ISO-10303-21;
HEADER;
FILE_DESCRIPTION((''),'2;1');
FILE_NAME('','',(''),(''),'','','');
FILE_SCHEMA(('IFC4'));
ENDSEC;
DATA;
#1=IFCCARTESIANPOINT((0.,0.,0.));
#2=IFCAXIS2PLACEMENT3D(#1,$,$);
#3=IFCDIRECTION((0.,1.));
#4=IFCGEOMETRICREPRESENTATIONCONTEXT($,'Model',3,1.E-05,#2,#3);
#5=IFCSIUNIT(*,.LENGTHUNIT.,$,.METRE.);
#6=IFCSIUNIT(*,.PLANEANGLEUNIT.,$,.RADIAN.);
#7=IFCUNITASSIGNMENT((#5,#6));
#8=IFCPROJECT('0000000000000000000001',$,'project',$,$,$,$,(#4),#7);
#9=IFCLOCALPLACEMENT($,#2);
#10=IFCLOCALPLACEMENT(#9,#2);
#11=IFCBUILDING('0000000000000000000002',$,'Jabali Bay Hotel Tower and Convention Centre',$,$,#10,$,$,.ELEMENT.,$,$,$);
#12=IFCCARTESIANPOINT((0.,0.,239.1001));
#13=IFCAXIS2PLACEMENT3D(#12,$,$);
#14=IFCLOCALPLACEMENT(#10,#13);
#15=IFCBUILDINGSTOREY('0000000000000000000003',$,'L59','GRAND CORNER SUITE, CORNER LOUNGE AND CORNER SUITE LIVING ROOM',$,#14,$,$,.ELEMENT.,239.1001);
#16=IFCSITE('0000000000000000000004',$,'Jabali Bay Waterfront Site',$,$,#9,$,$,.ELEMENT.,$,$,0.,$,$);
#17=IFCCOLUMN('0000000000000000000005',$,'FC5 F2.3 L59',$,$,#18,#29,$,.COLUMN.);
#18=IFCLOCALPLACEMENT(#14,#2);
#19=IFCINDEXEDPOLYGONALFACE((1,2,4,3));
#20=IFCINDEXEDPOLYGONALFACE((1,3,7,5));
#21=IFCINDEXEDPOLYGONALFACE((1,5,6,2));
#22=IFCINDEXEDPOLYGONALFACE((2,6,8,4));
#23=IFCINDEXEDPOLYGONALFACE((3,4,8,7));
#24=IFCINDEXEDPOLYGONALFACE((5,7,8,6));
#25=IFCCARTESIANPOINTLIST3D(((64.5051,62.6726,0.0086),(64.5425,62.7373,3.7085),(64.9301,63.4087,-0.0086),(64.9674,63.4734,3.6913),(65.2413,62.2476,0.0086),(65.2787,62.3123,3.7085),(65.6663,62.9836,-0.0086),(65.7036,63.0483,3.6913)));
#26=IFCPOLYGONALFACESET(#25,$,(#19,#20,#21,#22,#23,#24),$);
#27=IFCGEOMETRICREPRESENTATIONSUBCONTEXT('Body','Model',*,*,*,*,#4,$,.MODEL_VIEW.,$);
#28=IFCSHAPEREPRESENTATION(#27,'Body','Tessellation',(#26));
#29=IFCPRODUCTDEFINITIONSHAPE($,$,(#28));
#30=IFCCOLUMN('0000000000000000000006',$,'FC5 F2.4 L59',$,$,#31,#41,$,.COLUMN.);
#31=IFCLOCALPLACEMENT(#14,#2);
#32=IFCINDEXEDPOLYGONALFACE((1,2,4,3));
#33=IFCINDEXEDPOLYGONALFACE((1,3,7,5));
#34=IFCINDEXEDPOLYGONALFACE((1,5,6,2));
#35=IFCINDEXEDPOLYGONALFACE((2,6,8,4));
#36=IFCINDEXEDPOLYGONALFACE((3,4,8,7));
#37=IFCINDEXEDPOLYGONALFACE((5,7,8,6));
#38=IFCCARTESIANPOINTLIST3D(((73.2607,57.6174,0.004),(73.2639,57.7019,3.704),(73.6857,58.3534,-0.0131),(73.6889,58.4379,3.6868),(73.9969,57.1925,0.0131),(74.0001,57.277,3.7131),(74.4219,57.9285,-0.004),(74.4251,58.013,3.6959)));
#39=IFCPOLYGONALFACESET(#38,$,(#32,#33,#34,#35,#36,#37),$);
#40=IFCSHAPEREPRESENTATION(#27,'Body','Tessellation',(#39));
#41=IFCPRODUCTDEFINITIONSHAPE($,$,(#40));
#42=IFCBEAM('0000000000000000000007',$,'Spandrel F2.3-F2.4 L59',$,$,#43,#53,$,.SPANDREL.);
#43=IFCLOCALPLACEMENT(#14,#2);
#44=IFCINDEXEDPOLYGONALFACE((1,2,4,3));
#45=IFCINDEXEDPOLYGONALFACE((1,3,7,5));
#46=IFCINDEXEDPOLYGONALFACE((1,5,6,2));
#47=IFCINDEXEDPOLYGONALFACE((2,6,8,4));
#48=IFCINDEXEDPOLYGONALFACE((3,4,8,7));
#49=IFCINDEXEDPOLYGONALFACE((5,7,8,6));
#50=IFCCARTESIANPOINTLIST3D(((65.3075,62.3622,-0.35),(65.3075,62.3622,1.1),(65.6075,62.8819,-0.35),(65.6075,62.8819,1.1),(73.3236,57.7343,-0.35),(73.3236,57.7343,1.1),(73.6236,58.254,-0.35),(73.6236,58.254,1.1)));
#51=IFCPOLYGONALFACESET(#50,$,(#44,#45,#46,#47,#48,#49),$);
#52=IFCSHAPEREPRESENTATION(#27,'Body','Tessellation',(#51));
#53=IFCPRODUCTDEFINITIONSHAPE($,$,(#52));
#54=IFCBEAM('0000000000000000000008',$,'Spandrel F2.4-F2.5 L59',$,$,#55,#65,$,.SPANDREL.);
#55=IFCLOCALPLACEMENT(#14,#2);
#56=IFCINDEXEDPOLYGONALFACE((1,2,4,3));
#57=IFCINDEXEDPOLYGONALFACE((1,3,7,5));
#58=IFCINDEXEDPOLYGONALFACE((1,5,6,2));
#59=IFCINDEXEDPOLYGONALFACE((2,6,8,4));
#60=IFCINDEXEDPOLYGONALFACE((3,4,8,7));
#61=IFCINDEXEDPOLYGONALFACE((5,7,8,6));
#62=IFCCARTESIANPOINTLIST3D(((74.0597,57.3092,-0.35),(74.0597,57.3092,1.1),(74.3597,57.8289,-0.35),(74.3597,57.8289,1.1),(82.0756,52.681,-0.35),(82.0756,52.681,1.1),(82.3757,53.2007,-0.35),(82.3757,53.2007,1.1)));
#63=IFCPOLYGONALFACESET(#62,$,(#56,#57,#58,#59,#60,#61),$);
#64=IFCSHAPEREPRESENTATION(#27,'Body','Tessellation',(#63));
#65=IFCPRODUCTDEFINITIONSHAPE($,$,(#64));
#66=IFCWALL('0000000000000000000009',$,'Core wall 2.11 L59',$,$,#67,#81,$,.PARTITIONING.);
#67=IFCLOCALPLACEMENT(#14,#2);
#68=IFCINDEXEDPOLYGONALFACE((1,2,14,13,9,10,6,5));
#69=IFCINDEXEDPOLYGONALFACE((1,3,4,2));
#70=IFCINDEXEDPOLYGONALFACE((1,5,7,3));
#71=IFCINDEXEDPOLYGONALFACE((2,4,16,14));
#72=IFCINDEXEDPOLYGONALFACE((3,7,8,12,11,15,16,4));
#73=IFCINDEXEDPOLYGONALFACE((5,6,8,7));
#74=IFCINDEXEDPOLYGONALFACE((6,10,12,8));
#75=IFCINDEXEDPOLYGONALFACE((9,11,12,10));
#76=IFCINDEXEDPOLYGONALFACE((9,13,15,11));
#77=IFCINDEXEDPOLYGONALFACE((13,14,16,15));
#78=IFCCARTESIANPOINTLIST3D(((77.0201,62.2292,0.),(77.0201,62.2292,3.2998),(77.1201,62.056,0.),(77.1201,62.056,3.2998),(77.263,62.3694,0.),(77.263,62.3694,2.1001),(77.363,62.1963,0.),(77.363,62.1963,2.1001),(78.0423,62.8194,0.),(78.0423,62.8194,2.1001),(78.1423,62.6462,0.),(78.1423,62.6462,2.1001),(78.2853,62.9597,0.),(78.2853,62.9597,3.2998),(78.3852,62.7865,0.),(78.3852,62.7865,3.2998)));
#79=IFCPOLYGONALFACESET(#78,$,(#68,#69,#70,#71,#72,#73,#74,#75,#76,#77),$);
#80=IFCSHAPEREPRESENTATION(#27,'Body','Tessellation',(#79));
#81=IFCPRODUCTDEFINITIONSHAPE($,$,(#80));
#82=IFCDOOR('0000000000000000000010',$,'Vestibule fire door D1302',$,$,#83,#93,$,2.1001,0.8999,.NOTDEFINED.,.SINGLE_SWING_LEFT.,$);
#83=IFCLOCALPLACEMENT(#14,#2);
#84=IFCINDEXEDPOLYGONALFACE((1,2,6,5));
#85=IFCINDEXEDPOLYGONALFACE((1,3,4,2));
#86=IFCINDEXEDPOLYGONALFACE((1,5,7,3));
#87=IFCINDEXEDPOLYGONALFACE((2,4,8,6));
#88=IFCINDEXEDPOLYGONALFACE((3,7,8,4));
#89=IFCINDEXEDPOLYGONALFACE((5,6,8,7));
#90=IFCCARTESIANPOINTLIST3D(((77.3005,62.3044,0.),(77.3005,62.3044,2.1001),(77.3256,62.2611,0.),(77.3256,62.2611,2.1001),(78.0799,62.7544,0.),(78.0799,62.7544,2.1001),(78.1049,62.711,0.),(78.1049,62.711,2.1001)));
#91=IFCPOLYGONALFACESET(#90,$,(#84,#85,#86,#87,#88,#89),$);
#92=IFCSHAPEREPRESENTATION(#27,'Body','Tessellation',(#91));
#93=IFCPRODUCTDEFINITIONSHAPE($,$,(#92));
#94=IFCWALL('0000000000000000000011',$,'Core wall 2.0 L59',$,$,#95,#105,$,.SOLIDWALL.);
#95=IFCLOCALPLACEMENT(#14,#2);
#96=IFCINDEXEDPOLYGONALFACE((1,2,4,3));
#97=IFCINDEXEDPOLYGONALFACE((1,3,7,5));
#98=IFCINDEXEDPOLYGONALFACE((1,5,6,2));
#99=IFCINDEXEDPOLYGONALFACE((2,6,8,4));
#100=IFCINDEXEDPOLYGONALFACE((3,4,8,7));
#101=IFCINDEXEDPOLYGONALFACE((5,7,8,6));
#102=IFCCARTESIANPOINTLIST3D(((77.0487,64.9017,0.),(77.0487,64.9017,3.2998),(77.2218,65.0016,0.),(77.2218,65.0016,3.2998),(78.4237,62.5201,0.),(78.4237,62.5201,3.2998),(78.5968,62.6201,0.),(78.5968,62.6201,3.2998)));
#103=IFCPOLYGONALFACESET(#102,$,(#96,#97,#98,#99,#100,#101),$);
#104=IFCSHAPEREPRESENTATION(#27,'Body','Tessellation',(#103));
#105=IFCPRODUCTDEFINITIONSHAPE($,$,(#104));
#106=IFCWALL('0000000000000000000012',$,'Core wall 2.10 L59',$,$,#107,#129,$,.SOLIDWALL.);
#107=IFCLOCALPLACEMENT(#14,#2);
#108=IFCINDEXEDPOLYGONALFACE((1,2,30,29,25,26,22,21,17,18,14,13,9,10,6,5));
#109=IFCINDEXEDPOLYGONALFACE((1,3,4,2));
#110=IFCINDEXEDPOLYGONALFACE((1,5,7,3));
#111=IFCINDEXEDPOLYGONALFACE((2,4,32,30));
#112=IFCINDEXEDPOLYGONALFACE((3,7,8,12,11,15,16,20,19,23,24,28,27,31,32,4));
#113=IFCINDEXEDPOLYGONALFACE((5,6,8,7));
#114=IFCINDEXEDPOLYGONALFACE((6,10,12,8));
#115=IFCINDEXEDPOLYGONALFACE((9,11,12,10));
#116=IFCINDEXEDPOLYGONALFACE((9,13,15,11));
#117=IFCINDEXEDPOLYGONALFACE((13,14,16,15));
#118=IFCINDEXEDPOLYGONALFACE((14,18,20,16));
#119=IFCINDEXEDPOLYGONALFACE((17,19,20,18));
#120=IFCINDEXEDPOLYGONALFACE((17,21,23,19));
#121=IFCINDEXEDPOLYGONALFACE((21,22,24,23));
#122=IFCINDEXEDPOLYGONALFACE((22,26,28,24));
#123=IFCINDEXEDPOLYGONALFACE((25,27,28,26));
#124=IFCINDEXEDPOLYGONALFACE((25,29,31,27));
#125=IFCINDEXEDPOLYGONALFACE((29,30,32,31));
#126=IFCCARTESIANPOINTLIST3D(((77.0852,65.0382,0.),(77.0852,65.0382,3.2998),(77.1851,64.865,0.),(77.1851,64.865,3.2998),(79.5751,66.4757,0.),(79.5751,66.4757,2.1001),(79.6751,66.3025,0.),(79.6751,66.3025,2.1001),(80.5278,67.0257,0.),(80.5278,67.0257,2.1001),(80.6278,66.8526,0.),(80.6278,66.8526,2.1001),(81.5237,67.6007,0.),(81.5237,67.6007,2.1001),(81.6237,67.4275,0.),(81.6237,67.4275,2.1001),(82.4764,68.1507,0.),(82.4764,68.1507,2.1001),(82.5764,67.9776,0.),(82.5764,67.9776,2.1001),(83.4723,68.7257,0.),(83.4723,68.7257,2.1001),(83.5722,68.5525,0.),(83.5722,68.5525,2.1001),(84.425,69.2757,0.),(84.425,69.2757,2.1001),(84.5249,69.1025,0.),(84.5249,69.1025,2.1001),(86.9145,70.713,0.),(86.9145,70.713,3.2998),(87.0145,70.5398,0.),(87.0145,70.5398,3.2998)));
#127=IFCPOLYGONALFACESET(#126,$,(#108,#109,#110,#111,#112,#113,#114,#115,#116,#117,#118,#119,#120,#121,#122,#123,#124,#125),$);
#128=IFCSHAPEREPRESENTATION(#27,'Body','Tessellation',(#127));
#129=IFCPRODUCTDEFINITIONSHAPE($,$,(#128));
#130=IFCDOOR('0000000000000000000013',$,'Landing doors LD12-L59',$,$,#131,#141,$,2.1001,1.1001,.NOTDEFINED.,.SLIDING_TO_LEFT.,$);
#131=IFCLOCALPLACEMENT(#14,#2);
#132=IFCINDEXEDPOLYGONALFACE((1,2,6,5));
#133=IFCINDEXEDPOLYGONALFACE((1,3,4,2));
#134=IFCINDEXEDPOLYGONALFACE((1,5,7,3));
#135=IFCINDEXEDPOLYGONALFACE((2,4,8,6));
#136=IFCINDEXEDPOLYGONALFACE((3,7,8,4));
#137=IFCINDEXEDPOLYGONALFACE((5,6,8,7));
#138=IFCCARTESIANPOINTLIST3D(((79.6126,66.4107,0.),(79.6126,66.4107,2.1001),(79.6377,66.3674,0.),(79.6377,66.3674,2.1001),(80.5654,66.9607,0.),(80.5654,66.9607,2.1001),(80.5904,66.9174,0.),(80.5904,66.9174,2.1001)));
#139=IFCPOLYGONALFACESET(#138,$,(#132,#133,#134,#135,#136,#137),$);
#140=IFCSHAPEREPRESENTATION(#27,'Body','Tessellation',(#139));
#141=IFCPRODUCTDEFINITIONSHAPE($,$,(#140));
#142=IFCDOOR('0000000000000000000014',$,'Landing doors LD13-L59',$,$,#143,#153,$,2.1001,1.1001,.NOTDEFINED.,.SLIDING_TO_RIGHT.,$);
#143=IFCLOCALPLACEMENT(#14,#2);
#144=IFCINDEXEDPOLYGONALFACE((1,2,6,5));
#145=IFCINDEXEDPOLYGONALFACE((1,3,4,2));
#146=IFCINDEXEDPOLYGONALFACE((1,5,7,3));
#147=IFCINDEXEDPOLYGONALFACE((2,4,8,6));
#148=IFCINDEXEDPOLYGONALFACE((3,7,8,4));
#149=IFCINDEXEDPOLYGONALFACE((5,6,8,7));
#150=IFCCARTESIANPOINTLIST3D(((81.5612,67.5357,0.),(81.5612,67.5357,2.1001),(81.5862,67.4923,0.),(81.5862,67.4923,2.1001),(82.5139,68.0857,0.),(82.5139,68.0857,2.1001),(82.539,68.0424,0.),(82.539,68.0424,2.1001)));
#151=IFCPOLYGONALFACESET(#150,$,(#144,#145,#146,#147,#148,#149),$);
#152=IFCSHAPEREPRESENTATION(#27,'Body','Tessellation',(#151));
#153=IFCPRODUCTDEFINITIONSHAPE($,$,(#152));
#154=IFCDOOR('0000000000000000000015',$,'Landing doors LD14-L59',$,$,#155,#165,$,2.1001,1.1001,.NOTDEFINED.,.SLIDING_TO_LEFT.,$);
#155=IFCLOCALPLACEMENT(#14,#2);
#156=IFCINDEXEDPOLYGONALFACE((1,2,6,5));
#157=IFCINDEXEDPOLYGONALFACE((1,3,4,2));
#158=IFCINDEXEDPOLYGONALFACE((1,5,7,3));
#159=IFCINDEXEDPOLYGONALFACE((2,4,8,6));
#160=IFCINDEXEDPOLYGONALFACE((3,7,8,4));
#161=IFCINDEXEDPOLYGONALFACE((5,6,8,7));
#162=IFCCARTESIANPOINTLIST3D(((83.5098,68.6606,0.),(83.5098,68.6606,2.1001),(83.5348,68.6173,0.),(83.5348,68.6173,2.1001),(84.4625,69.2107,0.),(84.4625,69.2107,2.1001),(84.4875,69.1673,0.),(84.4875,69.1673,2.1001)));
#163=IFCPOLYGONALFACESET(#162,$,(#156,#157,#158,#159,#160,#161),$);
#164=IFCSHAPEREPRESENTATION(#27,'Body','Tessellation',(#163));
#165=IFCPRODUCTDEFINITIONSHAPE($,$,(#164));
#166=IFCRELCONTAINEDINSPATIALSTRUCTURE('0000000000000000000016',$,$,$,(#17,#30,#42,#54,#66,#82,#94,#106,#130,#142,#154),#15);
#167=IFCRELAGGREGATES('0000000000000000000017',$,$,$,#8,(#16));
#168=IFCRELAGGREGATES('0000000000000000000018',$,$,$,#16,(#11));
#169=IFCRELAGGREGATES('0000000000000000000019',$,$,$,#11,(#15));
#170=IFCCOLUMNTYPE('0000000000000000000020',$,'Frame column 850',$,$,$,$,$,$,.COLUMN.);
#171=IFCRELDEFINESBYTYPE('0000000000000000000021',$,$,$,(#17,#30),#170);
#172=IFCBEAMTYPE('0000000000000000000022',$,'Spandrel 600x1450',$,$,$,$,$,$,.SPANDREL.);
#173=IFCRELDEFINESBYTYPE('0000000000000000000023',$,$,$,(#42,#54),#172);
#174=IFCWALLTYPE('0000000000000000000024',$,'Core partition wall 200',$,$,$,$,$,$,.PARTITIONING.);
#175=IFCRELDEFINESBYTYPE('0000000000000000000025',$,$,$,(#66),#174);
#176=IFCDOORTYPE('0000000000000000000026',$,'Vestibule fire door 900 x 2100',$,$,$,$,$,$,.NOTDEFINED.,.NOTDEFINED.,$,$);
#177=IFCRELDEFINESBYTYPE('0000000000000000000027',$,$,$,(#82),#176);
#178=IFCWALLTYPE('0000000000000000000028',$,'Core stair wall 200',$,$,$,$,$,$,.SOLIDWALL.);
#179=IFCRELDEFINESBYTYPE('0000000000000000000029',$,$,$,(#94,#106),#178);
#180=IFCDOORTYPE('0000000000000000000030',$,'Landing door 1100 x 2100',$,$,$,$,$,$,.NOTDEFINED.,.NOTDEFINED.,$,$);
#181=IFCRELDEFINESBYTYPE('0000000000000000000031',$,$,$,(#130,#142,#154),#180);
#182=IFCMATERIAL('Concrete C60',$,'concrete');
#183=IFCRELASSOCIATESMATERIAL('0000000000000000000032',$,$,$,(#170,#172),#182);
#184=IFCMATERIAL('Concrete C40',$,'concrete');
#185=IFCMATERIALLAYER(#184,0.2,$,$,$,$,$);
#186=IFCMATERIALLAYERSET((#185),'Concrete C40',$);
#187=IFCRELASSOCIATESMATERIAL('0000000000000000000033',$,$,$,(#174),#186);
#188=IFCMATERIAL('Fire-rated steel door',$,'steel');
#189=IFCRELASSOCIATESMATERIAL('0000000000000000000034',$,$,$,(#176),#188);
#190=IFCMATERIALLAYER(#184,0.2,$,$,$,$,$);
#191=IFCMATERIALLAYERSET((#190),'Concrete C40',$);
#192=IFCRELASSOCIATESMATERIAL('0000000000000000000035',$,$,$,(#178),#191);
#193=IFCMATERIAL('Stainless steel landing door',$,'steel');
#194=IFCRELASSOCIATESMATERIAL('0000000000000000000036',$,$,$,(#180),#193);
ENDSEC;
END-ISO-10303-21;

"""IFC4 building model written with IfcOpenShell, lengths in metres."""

from ifc_helpers import new_model, si_unit, direction, frame, frame_2d, origin, origin_2d, place, context, subcontext, project, spatial, rectangle, extrude, material, layer, layer_set, material_profile, profile_set, type_object, element, fill, save


model = new_model("IFC4")

# Units and contexts
model_context = context("Model", 3, precision=1e-05, world=origin(), true_north=direction((0.0, 1.0)))
body_context = subcontext(model_context, "Body", "Model", "MODEL_VIEW")
ifc_project = project(units=[si_unit("LENGTHUNIT", "METRE"), si_unit("PLANEANGLEUNIT", "RADIAN")], contexts=[model_context])

# Site, building, storey
site_placement = place(None, origin())
site = spatial("IfcSite", under=ifc_project, at=site_placement, Name="Jabali Bay Waterfront Site", CompositionType="ELEMENT", RefElevation=0.0)
building_placement = place(site_placement, origin())
building = spatial("IfcBuilding", under=site, at=building_placement, Name="Jabali Bay Hotel Tower and Convention Centre", CompositionType="ELEMENT")
storey_placement = place(building_placement, frame((0.0, 0.0, 239.1001)))
storey = spatial("IfcBuildingStorey", under=building, at=storey_placement, Name="L59", Description="GRAND CORNER SUITE, CORNER LOUNGE AND CORNER SUITE LIVING ROOM", CompositionType="ELEMENT", Elevation=239.1001)

# Columns
ifc_material_1 = material(Name="Concrete C60", Category="concrete")
ifc_material_profile_1 = material_profile(ifc_material_1, rectangle(XDim=0.8501, YDim=0.8501, at=origin_2d()), Name="Frame column 850")
ifc_profile_set_1 = profile_set([ifc_material_profile_1], Name="Concrete C60")
column_type = type_object("IfcColumnType", Name="Frame column 850", PredefinedType="COLUMN", material=ifc_profile_set_1)
column_1_placement = place(storey_placement, frame((65.0857, 62.8281, 0.0), z_axis=(0.010094, 0.017482, 0.999796), x_axis=(-0.866023, 0.500005, 0.0)))
element("IfcColumn", 1, at=column_1_placement, inside=storey, type_object=column_type, Name="FC5 F2.3 L59", PredefinedType="COLUMN", context=body_context, shape_type="SweptSolid", body=[
    extrude(rectangle(XDim=0.8501, YDim=0.8501, at=origin_2d()), origin(), (0.0, 0.0, 1.0), 3.7007),
])
column_2_placement = place(storey_placement, frame((73.8413, 57.7729, 0.0), z_axis=(0.000858, 0.022825, 0.999739), x_axis=(-0.499939, -0.865825, 0.020196)))
element("IfcColumn", 2, at=column_2_placement, inside=storey, type_object=column_type, Name="FC5 F2.4 L59", PredefinedType="COLUMN", context=body_context, shape_type="SweptSolid", body=[
    extrude(rectangle(XDim=0.8501, YDim=0.8501, at=origin_2d()), origin(), (0.0, 0.0, 1.0), 3.7009),
])

# Beams
ifc_material_profile_2 = material_profile(ifc_material_1, rectangle(XDim=0.6001, YDim=1.45, at=origin_2d()), Name="Spandrel 600x1450")
ifc_profile_set_2 = profile_set([ifc_material_profile_2], Name="Concrete C60")
beam_type = type_object("IfcBeamType", Name="Spandrel 600x1450", PredefinedType="SPANDREL", material=ifc_profile_set_2)
for number, where, z_axis, x_axis, name in (
    (3, (65.4575, 62.6221, 0.375), (0.866034, -0.499986, 0.0), (0.499986, 0.866034, 0.0), "Spandrel F2.3-F2.4 L59"),
    (4, (74.2097, 57.5691, 0.375), (0.866016, -0.500017, 0.0), (0.500017, 0.866016, 0.0), "Spandrel F2.4-F2.5 L59"),
):
    element("IfcBeam", number, at=place(storey_placement, frame(where, z_axis=z_axis, x_axis=x_axis)), inside=storey, type_object=beam_type, Name=name, PredefinedType="SPANDREL", context=body_context, shape_type="SweptSolid", body=[
        extrude(rectangle(XDim=0.6001, YDim=1.45, at=origin_2d()), origin(), (0.0, 0.0, 1.0), 9.2561),
    ])

# Wall, opening, door
ifc_material_2 = material(Name="Concrete C40", Category="concrete")
ifc_layer_1 = layer(ifc_material_2, 0.2)
ifc_layer_set_1 = layer_set([ifc_layer_1], Name="Concrete C40")
wall_type_1 = type_object("IfcWallType", Name="Core partition wall 200", PredefinedType="PARTITIONING", material=ifc_layer_set_1)
wall_1_placement = place(storey_placement, frame((77.0701, 62.1426, 0.0), z_axis=(0.0, 0.0, 1.0), x_axis=(0.866013, 0.500021, 0.0)))
wall_1 = element("IfcWall", 5, at=wall_1_placement, inside=storey, type_object=wall_type_1, Name="Core wall 2.11 L59", PredefinedType="PARTITIONING", context=body_context, shape_type="SweptSolid", body=[
    extrude(rectangle(XDim=1.4609, YDim=0.2, at=frame_2d((0.7305, 0.0))), origin(), (0.0, 0.0, 1.0), 3.2998),
])
opening_1_placement = place(wall_1_placement, frame((0.2805, 0.0, 0.0)))
opening_1 = element("IfcOpeningElement", 6, at=opening_1_placement, cuts=wall_1, PredefinedType="OPENING", context=body_context, shape_type="SweptSolid", body=[
    extrude(rectangle(XDim=0.8999, YDim=2.1001, at=frame_2d((0.45, 1.05))), frame((0.0, 0.1104, 0.0), z_axis=(0.0, -1.0, 0.0), x_axis=(1.0, 0.0, 0.0)), (0.0, 0.0, 1.0), 0.2209),
])
ifc_material_3 = material(Name="Fire-rated steel door", Category="steel")
door_type_1 = type_object("IfcDoorType", Name="Vestibule fire door 900 x 2100", OperationType="NOTDEFINED", PredefinedType="NOTDEFINED", material=ifc_material_3)
door_1_placement = place(opening_1_placement, origin())
door_1 = element("IfcDoor", 7, at=door_1_placement, inside=storey, type_object=door_type_1, Name="Vestibule fire door D1302", OperationType="SINGLE_SWING_LEFT", OverallHeight=2.1001, OverallWidth=0.8999, PredefinedType="NOTDEFINED", context=body_context, shape_type="SweptSolid", body=[
    extrude(rectangle(XDim=0.8999, YDim=2.1001, at=frame_2d((0.45, 1.05))), frame((0.0, 0.0249, 0.0), z_axis=(0.0, -1.0, 0.0), x_axis=(1.0, 0.0, 0.0)), (0.0, 0.0, 1.0), 0.05),
])
fill(opening_1, door_1)

# Wall
ifc_layer_2 = layer(ifc_material_2, 0.2)
ifc_layer_set_2 = layer_set([ifc_layer_2], Name="Concrete C40")
wall_type_2 = type_object("IfcWallType", Name="Core stair wall 200", PredefinedType="SOLIDWALL", material=ifc_layer_set_2)
wall_2_placement = place(storey_placement, frame((77.1353, 64.9517, 0.0), z_axis=(0.0, 0.0, 1.0), x_axis=(0.499997, -0.866027, 0.0)))
element("IfcWall", 8, at=wall_2_placement, inside=storey, type_object=wall_type_2, Name="Core wall 2.0 L59", PredefinedType="SOLIDWALL", context=body_context, shape_type="SweptSolid", body=[
    extrude(rectangle(XDim=2.75, YDim=0.2, at=frame_2d((1.375, 0.0))), origin(), (0.0, 0.0, 1.0), 3.2998),
])

# Wall, openings, doors
wall_3_placement = place(storey_placement, frame((77.1353, 64.9517, 0.0), z_axis=(0.0, 0.0, 1.0), x_axis=(0.866032, 0.499989, 0.0)))
wall_3 = element("IfcWall", 9, at=wall_3_placement, inside=storey, type_object=wall_type_2, Name="Core wall 2.10 L59", PredefinedType="SOLIDWALL", context=body_context, shape_type="SweptSolid", body=[
    extrude(rectangle(XDim=11.3499, YDim=0.2, at=frame_2d((5.6748, 0.0))), origin(), (0.0, 0.0, 1.0), 3.2998),
])
opening_2_placement = place(wall_3_placement, frame((2.875, 0.0, 0.0)))
opening_2 = element("IfcOpeningElement", 10, at=opening_2_placement, cuts=wall_3, PredefinedType="OPENING", context=body_context, shape_type="SweptSolid", body=[
    extrude(rectangle(XDim=1.1001, YDim=2.1001, at=frame_2d((0.55, 1.05))), frame((0.0, 0.1104, 0.0), z_axis=(0.0, -1.0, 0.0), x_axis=(1.0, 0.0, 0.0)), (0.0, 0.0, 1.0), 0.2209),
])
opening_3_placement = place(wall_3_placement, frame((5.125, 0.0, 0.0)))
opening_3 = element("IfcOpeningElement", 11, at=opening_3_placement, cuts=wall_3, PredefinedType="OPENING", context=body_context, shape_type="SweptSolid", body=[
    extrude(rectangle(XDim=1.1001, YDim=2.1001, at=frame_2d((0.55, 1.05))), frame((0.0, 0.1104, 0.0), z_axis=(0.0, -1.0, 0.0), x_axis=(1.0, 0.0, 0.0)), (0.0, 0.0, 1.0), 0.2209),
])
opening_4_placement = place(wall_3_placement, frame((7.375, 0.0, 0.0)))
opening_4 = element("IfcOpeningElement", 12, at=opening_4_placement, cuts=wall_3, PredefinedType="OPENING", context=body_context, shape_type="SweptSolid", body=[
    extrude(rectangle(XDim=1.1001, YDim=2.1001, at=frame_2d((0.55, 1.05))), frame((0.0, 0.1104, 0.0), z_axis=(0.0, -1.0, 0.0), x_axis=(1.0, 0.0, 0.0)), (0.0, 0.0, 1.0), 0.2209),
])
ifc_material_4 = material(Name="Stainless steel landing door", Category="steel")
door_type_2 = type_object("IfcDoorType", Name="Landing door 1100 x 2100", OperationType="NOTDEFINED", PredefinedType="NOTDEFINED", material=ifc_material_4)
door_2_placement = place(opening_2_placement, origin())
door_2 = element("IfcDoor", 13, at=door_2_placement, inside=storey, type_object=door_type_2, Name="Landing doors LD12-L59", OperationType="SLIDING_TO_LEFT", OverallHeight=2.1001, OverallWidth=1.1001, PredefinedType="NOTDEFINED", context=body_context, shape_type="SweptSolid", body=[
    extrude(rectangle(XDim=1.1001, YDim=2.1001, at=frame_2d((0.55, 1.05))), frame((0.0, 0.0249, 0.0), z_axis=(0.0, -1.0, 0.0), x_axis=(1.0, 0.0, 0.0)), (0.0, 0.0, 1.0), 0.05),
])
fill(opening_2, door_2)
door_3_placement = place(opening_3_placement, origin())
door_3 = element("IfcDoor", 14, at=door_3_placement, inside=storey, type_object=door_type_2, Name="Landing doors LD13-L59", OperationType="SLIDING_TO_RIGHT", OverallHeight=2.1001, OverallWidth=1.1001, PredefinedType="NOTDEFINED", context=body_context, shape_type="SweptSolid", body=[
    extrude(rectangle(XDim=1.1001, YDim=2.1001, at=frame_2d((0.55, 1.05))), frame((0.0, 0.0249, 0.0), z_axis=(0.0, -1.0, 0.0), x_axis=(1.0, 0.0, 0.0)), (0.0, 0.0, 1.0), 0.05),
])
fill(opening_3, door_3)
door_4_placement = place(opening_4_placement, origin())
door_4 = element("IfcDoor", 15, at=door_4_placement, inside=storey, type_object=door_type_2, Name="Landing doors LD14-L59", OperationType="SLIDING_TO_LEFT", OverallHeight=2.1001, OverallWidth=1.1001, PredefinedType="NOTDEFINED", context=body_context, shape_type="SweptSolid", body=[
    extrude(rectangle(XDim=1.1001, YDim=2.1001, at=frame_2d((0.55, 1.05))), frame((0.0, 0.0249, 0.0), z_axis=(0.0, -1.0, 0.0), x_axis=(1.0, 0.0, 0.0)), (0.0, 0.0, 1.0), 0.05),
])
fill(opening_4, door_4)

save(model, "model.ifc")
